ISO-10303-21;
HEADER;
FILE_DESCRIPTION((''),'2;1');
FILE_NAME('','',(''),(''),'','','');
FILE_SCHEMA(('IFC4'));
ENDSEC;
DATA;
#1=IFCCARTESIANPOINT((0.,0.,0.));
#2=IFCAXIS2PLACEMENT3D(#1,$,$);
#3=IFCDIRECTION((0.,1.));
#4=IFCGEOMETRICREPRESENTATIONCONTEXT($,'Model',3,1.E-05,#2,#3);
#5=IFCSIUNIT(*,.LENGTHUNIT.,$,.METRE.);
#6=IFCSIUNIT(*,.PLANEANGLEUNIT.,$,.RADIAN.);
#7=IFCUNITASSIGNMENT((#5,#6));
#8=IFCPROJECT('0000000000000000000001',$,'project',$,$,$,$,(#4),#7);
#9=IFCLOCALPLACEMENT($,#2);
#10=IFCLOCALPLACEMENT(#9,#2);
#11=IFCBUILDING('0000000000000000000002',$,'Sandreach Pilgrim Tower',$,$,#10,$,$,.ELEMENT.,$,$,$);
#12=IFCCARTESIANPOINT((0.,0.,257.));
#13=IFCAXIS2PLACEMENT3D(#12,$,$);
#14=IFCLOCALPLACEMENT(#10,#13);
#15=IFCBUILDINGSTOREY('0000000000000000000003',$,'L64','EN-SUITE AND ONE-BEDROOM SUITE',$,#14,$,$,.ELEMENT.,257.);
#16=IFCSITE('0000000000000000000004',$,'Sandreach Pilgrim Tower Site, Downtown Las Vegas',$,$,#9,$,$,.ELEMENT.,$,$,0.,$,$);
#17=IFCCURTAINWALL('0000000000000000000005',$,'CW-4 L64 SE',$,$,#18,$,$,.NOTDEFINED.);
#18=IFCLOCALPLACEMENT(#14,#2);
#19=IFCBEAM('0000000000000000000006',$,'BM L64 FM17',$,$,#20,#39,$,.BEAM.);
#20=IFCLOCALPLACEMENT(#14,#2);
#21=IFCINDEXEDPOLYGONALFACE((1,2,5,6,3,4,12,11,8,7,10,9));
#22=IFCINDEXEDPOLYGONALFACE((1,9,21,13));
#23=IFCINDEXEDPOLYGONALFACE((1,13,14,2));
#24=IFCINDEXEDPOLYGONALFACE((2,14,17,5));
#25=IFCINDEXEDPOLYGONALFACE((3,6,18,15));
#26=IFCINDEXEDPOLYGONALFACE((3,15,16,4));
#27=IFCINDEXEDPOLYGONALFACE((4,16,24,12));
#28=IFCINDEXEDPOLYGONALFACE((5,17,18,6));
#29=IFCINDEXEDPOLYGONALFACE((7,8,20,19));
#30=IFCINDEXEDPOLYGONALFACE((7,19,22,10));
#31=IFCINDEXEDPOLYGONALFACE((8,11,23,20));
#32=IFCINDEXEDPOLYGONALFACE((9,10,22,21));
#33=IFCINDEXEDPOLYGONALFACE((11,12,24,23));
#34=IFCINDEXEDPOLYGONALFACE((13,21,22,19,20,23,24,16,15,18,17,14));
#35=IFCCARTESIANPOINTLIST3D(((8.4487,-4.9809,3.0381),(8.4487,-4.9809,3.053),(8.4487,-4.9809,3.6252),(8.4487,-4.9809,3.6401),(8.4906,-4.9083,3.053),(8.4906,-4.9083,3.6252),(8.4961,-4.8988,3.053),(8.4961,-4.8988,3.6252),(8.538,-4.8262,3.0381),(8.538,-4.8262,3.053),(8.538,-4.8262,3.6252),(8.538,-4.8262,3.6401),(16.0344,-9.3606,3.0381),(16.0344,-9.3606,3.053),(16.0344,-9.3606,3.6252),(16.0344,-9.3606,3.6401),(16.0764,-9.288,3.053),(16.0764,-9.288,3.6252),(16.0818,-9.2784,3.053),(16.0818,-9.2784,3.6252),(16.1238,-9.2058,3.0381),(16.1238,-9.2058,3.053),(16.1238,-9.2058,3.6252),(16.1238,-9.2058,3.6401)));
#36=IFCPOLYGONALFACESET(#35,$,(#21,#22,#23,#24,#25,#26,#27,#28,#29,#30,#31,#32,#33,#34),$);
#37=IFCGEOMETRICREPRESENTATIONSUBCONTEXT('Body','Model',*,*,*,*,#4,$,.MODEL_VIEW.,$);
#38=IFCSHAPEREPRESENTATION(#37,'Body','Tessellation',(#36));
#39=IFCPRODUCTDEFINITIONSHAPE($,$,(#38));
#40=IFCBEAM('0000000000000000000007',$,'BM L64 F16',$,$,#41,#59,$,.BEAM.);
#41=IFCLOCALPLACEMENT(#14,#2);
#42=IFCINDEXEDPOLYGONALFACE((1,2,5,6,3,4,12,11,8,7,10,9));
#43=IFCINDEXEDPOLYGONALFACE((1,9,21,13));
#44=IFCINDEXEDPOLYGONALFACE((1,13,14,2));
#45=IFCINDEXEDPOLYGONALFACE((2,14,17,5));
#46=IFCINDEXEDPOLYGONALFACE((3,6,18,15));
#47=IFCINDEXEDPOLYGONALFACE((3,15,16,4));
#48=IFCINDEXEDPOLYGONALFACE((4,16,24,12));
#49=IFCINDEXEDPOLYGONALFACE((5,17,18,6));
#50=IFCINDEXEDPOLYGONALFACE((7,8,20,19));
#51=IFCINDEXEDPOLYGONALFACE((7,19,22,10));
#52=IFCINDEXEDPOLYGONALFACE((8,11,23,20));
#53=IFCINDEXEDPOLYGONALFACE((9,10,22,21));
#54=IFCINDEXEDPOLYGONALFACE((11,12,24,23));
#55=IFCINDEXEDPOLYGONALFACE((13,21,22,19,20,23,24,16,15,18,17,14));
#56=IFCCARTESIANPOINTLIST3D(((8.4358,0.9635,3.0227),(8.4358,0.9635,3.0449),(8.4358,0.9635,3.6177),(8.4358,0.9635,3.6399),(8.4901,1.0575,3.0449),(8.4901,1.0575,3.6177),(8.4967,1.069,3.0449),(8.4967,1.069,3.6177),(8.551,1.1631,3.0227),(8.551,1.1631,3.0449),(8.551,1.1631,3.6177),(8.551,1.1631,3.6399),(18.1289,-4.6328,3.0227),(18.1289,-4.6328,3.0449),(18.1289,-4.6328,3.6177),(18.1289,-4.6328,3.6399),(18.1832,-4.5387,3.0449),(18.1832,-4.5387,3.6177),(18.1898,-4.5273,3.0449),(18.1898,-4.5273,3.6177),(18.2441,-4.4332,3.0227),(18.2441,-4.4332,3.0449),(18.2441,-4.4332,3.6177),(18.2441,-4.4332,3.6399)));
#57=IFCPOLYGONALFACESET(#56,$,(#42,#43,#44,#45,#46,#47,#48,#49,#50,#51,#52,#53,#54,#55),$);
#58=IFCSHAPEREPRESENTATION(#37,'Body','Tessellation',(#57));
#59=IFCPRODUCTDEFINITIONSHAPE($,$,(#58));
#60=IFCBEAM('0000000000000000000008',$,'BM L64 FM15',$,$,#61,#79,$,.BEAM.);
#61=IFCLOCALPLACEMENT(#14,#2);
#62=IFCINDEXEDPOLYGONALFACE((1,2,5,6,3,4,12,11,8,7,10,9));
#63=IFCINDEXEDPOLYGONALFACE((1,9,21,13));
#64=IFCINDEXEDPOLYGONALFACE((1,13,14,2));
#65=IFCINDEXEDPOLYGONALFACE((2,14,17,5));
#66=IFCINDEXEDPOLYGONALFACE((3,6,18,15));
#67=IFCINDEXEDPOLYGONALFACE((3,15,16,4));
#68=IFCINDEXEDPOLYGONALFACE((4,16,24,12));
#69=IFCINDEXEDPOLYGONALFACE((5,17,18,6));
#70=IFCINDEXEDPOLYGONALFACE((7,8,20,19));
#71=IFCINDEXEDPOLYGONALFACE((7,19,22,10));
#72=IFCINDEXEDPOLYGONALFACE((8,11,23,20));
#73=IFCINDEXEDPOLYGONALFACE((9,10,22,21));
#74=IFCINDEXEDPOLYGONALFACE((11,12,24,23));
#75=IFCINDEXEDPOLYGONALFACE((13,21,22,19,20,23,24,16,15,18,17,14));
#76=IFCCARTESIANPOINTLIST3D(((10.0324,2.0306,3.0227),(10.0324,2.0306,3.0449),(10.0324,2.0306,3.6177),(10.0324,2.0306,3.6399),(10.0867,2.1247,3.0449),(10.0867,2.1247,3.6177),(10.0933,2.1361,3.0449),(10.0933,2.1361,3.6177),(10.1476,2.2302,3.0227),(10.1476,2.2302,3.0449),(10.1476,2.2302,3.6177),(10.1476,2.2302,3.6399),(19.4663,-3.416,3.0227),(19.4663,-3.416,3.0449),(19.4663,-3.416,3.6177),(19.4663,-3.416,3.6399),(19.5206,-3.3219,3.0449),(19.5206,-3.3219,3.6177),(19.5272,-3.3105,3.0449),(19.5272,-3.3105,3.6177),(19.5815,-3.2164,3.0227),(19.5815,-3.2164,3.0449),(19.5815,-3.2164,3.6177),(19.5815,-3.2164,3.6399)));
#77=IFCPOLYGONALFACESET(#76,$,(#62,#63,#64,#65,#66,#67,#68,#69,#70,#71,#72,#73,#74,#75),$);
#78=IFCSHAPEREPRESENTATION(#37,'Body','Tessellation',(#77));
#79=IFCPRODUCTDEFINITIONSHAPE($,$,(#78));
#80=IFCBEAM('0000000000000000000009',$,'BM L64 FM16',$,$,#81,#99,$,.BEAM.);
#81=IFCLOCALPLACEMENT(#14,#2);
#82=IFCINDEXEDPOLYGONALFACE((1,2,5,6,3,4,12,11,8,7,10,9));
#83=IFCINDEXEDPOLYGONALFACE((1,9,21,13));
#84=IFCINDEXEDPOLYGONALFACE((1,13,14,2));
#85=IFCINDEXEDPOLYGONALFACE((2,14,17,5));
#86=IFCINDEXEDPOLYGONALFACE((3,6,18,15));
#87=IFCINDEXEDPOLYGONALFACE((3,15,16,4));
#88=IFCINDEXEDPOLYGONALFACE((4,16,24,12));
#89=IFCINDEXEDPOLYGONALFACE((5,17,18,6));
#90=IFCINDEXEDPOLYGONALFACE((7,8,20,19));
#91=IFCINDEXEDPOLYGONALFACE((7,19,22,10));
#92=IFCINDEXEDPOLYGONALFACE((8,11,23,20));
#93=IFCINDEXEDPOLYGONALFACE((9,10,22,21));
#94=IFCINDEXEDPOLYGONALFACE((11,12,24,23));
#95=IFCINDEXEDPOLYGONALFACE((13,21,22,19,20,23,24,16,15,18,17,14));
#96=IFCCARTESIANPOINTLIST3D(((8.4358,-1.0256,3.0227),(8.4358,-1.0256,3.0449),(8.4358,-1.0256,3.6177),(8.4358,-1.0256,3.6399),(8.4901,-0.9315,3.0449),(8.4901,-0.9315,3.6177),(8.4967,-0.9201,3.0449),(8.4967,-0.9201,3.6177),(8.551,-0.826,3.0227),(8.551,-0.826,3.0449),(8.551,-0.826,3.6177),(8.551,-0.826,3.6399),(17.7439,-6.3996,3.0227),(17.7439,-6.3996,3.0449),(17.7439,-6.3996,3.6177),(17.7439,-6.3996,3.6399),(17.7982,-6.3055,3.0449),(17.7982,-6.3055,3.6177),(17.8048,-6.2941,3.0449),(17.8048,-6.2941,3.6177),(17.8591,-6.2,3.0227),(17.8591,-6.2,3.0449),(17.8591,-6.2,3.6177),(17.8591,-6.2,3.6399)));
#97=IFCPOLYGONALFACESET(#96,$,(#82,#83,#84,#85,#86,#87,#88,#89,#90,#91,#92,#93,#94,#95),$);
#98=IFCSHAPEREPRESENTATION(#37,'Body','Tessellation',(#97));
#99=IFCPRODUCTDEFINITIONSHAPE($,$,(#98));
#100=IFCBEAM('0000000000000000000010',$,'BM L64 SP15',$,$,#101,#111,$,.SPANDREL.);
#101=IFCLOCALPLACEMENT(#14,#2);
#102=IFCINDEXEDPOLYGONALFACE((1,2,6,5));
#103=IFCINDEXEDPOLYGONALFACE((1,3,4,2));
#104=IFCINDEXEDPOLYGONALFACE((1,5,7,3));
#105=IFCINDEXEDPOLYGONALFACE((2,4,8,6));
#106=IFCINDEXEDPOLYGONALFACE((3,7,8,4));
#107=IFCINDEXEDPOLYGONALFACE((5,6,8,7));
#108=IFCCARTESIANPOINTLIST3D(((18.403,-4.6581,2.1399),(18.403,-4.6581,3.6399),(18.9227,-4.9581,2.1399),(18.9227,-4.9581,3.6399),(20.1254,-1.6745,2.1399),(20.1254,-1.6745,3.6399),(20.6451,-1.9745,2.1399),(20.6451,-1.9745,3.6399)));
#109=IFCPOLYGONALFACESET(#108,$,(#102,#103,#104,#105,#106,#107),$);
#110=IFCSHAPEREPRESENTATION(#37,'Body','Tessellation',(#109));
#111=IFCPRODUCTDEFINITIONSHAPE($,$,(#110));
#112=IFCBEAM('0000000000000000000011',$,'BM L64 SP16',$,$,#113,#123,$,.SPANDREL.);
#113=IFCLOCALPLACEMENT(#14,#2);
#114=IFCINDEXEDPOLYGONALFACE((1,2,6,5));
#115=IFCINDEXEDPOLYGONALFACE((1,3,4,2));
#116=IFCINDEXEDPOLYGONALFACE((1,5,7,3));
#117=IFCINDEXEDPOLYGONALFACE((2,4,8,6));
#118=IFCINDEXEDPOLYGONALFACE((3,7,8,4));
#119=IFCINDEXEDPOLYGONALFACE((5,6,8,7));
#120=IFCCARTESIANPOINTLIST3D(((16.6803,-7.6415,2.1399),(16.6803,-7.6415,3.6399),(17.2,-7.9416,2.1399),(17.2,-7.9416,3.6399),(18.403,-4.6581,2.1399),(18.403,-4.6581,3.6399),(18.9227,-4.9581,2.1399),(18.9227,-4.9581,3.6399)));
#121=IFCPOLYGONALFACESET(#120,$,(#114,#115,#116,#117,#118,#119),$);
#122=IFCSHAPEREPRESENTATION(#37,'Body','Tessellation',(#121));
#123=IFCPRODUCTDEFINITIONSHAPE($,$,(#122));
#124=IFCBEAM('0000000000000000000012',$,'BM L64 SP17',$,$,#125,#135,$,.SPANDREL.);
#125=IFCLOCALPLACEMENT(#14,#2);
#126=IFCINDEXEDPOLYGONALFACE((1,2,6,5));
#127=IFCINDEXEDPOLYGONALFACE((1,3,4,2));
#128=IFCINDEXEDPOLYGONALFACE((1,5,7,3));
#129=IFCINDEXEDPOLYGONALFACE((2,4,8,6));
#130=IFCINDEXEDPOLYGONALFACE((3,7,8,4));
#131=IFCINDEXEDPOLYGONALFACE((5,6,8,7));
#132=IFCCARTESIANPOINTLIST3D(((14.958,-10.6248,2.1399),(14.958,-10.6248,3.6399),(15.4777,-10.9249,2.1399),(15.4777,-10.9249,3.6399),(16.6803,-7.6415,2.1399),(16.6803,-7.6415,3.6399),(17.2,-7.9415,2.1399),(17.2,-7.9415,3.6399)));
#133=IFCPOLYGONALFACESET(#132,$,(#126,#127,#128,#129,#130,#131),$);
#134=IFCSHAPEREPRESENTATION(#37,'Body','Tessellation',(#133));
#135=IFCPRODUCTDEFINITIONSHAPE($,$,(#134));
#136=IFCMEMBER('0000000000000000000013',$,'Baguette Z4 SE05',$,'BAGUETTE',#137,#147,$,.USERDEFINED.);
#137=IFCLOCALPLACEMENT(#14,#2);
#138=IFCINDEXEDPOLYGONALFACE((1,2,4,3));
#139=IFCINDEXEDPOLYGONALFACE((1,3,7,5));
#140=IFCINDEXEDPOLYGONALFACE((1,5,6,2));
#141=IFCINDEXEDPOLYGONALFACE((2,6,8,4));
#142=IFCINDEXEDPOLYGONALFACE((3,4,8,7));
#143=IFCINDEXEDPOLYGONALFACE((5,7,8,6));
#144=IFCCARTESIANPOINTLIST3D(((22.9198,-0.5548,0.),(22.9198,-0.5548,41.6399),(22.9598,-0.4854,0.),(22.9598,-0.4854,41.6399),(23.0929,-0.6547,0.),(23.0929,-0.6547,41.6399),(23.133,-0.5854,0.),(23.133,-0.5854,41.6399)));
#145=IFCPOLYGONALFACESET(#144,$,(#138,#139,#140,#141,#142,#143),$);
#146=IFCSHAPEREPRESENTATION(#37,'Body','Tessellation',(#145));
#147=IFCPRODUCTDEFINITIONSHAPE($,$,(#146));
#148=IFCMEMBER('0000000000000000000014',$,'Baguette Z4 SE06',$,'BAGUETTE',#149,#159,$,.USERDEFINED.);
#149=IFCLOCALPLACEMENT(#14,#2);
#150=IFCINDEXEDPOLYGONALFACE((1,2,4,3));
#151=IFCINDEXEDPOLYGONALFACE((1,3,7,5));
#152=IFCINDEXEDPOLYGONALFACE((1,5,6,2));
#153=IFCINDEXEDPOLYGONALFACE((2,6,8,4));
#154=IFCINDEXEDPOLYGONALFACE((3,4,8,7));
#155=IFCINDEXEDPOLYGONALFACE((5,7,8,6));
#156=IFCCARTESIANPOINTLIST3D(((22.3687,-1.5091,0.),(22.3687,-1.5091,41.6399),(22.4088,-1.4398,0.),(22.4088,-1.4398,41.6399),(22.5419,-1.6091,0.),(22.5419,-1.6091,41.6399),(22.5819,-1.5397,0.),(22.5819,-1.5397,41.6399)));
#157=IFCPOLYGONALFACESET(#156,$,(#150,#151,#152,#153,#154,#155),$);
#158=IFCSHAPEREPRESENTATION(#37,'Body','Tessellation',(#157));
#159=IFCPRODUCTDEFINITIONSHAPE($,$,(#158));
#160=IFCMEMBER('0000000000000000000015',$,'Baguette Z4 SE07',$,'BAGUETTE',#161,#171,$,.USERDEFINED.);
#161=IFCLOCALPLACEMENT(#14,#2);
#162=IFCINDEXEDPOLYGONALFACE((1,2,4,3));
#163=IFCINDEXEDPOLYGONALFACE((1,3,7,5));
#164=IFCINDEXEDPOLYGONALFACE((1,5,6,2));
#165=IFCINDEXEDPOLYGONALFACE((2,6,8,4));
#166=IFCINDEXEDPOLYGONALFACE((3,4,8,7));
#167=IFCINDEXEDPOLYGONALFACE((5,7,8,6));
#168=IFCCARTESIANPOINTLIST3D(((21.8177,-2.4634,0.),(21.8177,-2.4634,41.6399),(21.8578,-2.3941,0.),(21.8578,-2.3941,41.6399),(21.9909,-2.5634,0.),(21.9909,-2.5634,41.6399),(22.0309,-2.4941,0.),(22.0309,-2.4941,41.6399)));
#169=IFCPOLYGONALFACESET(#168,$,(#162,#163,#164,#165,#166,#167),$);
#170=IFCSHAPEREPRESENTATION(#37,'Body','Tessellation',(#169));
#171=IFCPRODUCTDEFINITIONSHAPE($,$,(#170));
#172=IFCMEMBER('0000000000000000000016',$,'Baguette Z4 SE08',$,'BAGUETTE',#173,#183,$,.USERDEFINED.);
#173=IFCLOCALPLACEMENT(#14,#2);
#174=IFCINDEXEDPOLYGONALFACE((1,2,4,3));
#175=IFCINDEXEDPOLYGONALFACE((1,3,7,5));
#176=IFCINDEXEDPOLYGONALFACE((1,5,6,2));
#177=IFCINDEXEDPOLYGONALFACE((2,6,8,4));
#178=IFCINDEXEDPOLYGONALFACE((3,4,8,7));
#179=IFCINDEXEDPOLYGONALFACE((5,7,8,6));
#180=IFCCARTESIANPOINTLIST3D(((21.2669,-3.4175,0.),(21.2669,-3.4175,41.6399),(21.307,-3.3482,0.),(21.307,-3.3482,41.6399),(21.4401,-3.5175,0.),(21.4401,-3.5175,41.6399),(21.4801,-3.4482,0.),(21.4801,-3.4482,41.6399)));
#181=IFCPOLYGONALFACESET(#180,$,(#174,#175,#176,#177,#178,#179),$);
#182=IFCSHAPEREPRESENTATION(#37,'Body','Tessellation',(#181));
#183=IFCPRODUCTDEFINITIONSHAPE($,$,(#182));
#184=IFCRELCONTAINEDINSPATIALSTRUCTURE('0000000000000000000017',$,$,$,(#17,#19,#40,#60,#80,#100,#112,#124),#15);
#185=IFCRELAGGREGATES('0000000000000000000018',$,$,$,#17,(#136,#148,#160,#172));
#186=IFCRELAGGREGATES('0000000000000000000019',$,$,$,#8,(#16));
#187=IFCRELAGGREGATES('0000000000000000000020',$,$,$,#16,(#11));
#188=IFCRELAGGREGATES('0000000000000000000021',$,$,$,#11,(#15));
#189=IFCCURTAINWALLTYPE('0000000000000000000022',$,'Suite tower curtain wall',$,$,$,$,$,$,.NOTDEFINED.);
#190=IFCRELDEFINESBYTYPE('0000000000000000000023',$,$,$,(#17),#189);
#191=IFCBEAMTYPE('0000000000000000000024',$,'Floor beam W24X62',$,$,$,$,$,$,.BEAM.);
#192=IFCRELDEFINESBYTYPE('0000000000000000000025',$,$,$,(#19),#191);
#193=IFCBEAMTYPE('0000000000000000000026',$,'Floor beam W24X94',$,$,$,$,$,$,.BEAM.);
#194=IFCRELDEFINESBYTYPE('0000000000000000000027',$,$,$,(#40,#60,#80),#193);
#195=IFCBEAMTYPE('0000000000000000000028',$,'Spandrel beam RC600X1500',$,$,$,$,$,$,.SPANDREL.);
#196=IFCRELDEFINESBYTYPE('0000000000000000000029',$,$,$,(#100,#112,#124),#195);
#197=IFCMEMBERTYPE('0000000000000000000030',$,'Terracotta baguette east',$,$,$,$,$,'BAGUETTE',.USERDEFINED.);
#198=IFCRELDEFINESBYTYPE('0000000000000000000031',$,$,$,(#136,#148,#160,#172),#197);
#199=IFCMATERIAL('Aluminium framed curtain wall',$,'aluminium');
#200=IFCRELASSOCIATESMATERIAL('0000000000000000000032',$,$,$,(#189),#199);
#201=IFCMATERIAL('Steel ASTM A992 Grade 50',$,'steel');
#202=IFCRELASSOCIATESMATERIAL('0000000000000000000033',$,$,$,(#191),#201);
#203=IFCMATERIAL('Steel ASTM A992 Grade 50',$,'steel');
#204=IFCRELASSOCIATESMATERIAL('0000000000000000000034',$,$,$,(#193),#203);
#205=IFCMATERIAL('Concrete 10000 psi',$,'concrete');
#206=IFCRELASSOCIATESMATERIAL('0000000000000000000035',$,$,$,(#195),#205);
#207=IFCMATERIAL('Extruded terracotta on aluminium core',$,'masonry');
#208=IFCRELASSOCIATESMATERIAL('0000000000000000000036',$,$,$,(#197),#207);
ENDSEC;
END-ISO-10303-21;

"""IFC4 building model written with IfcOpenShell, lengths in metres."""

from ifc_helpers import new_model, si_unit, direction, frame, origin, origin_2d, place, context, subcontext, project, spatial, rectangle, i_section, extrude, material, material_profile, profile_set, type_object, element, aggregate, save


model = new_model("IFC4")

# Units and contexts
model_context = context("Model", 3, precision=1e-05, world=origin(), true_north=direction((0.0, 1.0)))
body_context = subcontext(model_context, "Body", "Model", "MODEL_VIEW")
ifc_project = project(units=[si_unit("LENGTHUNIT", "METRE"), si_unit("PLANEANGLEUNIT", "RADIAN")], contexts=[model_context])

# Site, building, storey
site_placement = place(None, origin())
site = spatial("IfcSite", under=ifc_project, at=site_placement, Name="Sandreach Pilgrim Tower Site, Downtown Las Vegas", CompositionType="ELEMENT", RefElevation=0.0)
building_placement = place(site_placement, origin())
building = spatial("IfcBuilding", under=site, at=building_placement, Name="Sandreach Pilgrim Tower", CompositionType="ELEMENT")
storey_placement = place(building_placement, frame((0.0, 0.0, 257.0)))
storey = spatial("IfcBuildingStorey", under=building, at=storey_placement, Name="L64", Description="EN-SUITE AND ONE-BEDROOM SUITE", CompositionType="ELEMENT", Elevation=257.0)

# Curtain wall
ifc_material_1 = material(Name="Aluminium framed curtain wall", Category="aluminium")
curtain_wall_type = type_object("IfcCurtainWallType", Name="Suite tower curtain wall", PredefinedType="NOTDEFINED", material=ifc_material_1)
curtain_wall_placement = place(storey_placement, origin())
curtain_wall = element("IfcCurtainWall", 1, at=curtain_wall_placement, inside=storey, type_object=curtain_wall_type, Name="CW-4 L64 SE", PredefinedType="NOTDEFINED")

# Beams
ifc_material_2 = material(Name="Steel ASTM A992 Grade 50", Category="steel")
ifc_material_profile_1 = material_profile(ifc_material_2, i_section(OverallWidth=0.1787, OverallDepth=0.6021, WebThickness=0.011, FlangeThickness=0.0149, at=origin_2d()), Name="W24X62")
ifc_profile_set_1 = profile_set([ifc_material_profile_1], Name="Steel ASTM A992 Grade 50")
beam_type_1 = type_object("IfcBeamType", Name="Floor beam W24X62", PredefinedType="BEAM", material=ifc_profile_set_1)
beam_1_placement = place(storey_placement, frame((16.0791, -9.2832, 3.3391), z_axis=(-0.866024, 0.500003, 0.0), x_axis=(-0.500003, -0.866024, 0.0)))
element("IfcBeam", 2, at=beam_1_placement, inside=storey, type_object=beam_type_1, Name="BM L64 FM17", PredefinedType="BEAM", context=body_context, shape_type="SweptSolid", body=[
    extrude(i_section(OverallWidth=0.1787, OverallDepth=0.6021, WebThickness=0.011, FlangeThickness=0.0149, at=origin_2d()), origin(), (0.0, 0.0, 1.0), 8.7593),
])
ifc_material_3 = material(Name="Steel ASTM A992 Grade 50", Category="steel")
ifc_material_profile_2 = material_profile(ifc_material_3, i_section(OverallWidth=0.2305, OverallDepth=0.6172, WebThickness=0.0132, FlangeThickness=0.0222, at=origin_2d()), Name="W24X94")
ifc_profile_set_2 = profile_set([ifc_material_profile_2], Name="Steel ASTM A992 Grade 50")
beam_type_2 = type_object("IfcBeamType", Name="Floor beam W24X94", PredefinedType="BEAM", material=ifc_profile_set_2)
beam_2_placement = place(storey_placement, frame((18.1865, -4.533, 3.3313), z_axis=(-0.86603, 0.499991, 0.0), x_axis=(-0.499991, -0.86603, 0.0)))
element("IfcBeam", 3, at=beam_2_placement, inside=storey, type_object=beam_type_2, Name="BM L64 F16", PredefinedType="BEAM", context=body_context, shape_type="SweptSolid", body=[
    extrude(i_section(OverallWidth=0.2305, OverallDepth=0.6172, WebThickness=0.0132, FlangeThickness=0.0222, at=origin_2d()), origin(), (0.0, 0.0, 1.0), 11.1926),
])
beam_3_placement = place(storey_placement, frame((19.5239, -3.3162, 3.3313), z_axis=(-0.866029, 0.499993, 0.0), x_axis=(-0.499993, -0.866029, 0.0)))
element("IfcBeam", 4, at=beam_3_placement, inside=storey, type_object=beam_type_2, Name="BM L64 FM15", PredefinedType="BEAM", context=body_context, shape_type="SweptSolid", body=[
    extrude(i_section(OverallWidth=0.2305, OverallDepth=0.6172, WebThickness=0.0132, FlangeThickness=0.0222, at=origin_2d()), origin(), (0.0, 0.0, 1.0), 10.8933),
])
beam_4_placement = place(storey_placement, frame((17.8015, -6.2998, 3.3313), z_axis=(-0.866026, 0.499999, 0.0), x_axis=(-0.499999, -0.866026, 0.0)))
element("IfcBeam", 5, at=beam_4_placement, inside=storey, type_object=beam_type_2, Name="BM L64 FM16", PredefinedType="BEAM", context=body_context, shape_type="SweptSolid", body=[
    extrude(i_section(OverallWidth=0.2305, OverallDepth=0.6172, WebThickness=0.0132, FlangeThickness=0.0222, at=origin_2d()), origin(), (0.0, 0.0, 1.0), 10.748),
])
ifc_material_4 = material(Name="Concrete 10000 psi", Category="concrete")
ifc_material_profile_3 = material_profile(ifc_material_4, rectangle(XDim=0.6001, YDim=1.5, at=origin_2d()), Name="RC600X1500")
ifc_profile_set_3 = profile_set([ifc_material_profile_3], Name="Concrete 10000 psi")
beam_type_3 = type_object("IfcBeamType", Name="Spandrel beam RC600X1500", PredefinedType="SPANDREL", material=ifc_profile_set_3)
for number, where, z_axis, x_axis, name in (
    (6, (20.3853, -1.8245, 2.8899), (-0.499958, -0.86605, 0.0), (0.86605, -0.499958, 0.0), "BM L64 SP15"),
    (7, (18.6628, -4.8081, 2.8899), (-0.500041, -0.866001, 0.0), (0.866001, -0.500041, 0.0), "BM L64 SP16"),
):
    element("IfcBeam", number, at=place(storey_placement, frame(where, z_axis=z_axis, x_axis=x_axis)), inside=storey, type_object=beam_type_3, Name=name, PredefinedType="SPANDREL", context=body_context, shape_type="SweptSolid", body=[
        extrude(rectangle(XDim=0.6001, YDim=1.5, at=origin_2d()), origin(), (0.0, 0.0, 1.0), 3.4451),
    ])
beam_5_placement = place(storey_placement, frame((16.9402, -7.7915, 2.8899), z_axis=(-0.499988, -0.866032, 0.0), x_axis=(0.866032, -0.499988, 0.0)))
element("IfcBeam", 8, at=beam_5_placement, inside=storey, type_object=beam_type_3, Name="BM L64 SP17", PredefinedType="SPANDREL", context=body_context, shape_type="SweptSolid", body=[
    extrude(rectangle(XDim=0.6001, YDim=1.5, at=origin_2d()), origin(), (0.0, 0.0, 1.0), 3.4448),
])

# Members
ifc_material_5 = material(Name="Extruded terracotta on aluminium core", Category="masonry")
ifc_material_profile_4 = material_profile(ifc_material_5, rectangle(XDim=0.0801, YDim=0.2, at=origin_2d()), Name="TBE 80X200")
ifc_profile_set_4 = profile_set([ifc_material_profile_4], Name="Extruded terracotta on aluminium core")
member_type_1 = type_object("IfcMemberType", Name="Terracotta baguette east", ElementType="BAGUETTE", PredefinedType="USERDEFINED", material=ifc_profile_set_4)
member_1_placement = place(storey_placement, frame((23.0264, -0.5701, 0.0), z_axis=(0.0, 0.0, 1.0), x_axis=(-0.5, -0.866025, 0.0)))
member_1 = element("IfcMember", 9, at=member_1_placement, type_object=member_type_1, Name="Baguette Z4 SE05", ObjectType="BAGUETTE", PredefinedType="USERDEFINED", context=body_context, shape_type="SweptSolid", body=[
    extrude(rectangle(XDim=0.0801, YDim=0.2, at=origin_2d()), origin(), (0.0, 0.0, 1.0), 41.6399),
])
member_2_placement = place(storey_placement, frame((22.4753, -1.5244, 0.0), z_axis=(0.0, 0.0, 1.0), x_axis=(-0.5, -0.866025, 0.0)))
member_2 = element("IfcMember", 10, at=member_2_placement, type_object=member_type_1, Name="Baguette Z4 SE06", ObjectType="BAGUETTE", PredefinedType="USERDEFINED", context=body_context, shape_type="SweptSolid", body=[
    extrude(rectangle(XDim=0.0801, YDim=0.2, at=origin_2d()), origin(), (0.0, 0.0, 1.0), 41.6399),
])
member_3_placement = place(storey_placement, frame((21.9243, -2.4788, 0.0), z_axis=(0.0, 0.0, 1.0), x_axis=(-0.5, -0.866025, 0.0)))
member_3 = element("IfcMember", 11, at=member_3_placement, type_object=member_type_1, Name="Baguette Z4 SE07", ObjectType="BAGUETTE", PredefinedType="USERDEFINED", context=body_context, shape_type="SweptSolid", body=[
    extrude(rectangle(XDim=0.0801, YDim=0.2, at=origin_2d()), origin(), (0.0, 0.0, 1.0), 41.6399),
])
member_4_placement = place(storey_placement, frame((21.3735, -3.4329, 0.0), z_axis=(0.0, 0.0, 1.0), x_axis=(-0.5, -0.866025, 0.0)))
member_4 = element("IfcMember", 12, at=member_4_placement, type_object=member_type_1, Name="Baguette Z4 SE08", ObjectType="BAGUETTE", PredefinedType="USERDEFINED", context=body_context, shape_type="SweptSolid", body=[
    extrude(rectangle(XDim=0.0801, YDim=0.2, at=origin_2d()), origin(), (0.0, 0.0, 1.0), 41.6399),
])

aggregate(curtain_wall, [member_1, member_2, member_3, member_4])

save(model, "model.ifc")
